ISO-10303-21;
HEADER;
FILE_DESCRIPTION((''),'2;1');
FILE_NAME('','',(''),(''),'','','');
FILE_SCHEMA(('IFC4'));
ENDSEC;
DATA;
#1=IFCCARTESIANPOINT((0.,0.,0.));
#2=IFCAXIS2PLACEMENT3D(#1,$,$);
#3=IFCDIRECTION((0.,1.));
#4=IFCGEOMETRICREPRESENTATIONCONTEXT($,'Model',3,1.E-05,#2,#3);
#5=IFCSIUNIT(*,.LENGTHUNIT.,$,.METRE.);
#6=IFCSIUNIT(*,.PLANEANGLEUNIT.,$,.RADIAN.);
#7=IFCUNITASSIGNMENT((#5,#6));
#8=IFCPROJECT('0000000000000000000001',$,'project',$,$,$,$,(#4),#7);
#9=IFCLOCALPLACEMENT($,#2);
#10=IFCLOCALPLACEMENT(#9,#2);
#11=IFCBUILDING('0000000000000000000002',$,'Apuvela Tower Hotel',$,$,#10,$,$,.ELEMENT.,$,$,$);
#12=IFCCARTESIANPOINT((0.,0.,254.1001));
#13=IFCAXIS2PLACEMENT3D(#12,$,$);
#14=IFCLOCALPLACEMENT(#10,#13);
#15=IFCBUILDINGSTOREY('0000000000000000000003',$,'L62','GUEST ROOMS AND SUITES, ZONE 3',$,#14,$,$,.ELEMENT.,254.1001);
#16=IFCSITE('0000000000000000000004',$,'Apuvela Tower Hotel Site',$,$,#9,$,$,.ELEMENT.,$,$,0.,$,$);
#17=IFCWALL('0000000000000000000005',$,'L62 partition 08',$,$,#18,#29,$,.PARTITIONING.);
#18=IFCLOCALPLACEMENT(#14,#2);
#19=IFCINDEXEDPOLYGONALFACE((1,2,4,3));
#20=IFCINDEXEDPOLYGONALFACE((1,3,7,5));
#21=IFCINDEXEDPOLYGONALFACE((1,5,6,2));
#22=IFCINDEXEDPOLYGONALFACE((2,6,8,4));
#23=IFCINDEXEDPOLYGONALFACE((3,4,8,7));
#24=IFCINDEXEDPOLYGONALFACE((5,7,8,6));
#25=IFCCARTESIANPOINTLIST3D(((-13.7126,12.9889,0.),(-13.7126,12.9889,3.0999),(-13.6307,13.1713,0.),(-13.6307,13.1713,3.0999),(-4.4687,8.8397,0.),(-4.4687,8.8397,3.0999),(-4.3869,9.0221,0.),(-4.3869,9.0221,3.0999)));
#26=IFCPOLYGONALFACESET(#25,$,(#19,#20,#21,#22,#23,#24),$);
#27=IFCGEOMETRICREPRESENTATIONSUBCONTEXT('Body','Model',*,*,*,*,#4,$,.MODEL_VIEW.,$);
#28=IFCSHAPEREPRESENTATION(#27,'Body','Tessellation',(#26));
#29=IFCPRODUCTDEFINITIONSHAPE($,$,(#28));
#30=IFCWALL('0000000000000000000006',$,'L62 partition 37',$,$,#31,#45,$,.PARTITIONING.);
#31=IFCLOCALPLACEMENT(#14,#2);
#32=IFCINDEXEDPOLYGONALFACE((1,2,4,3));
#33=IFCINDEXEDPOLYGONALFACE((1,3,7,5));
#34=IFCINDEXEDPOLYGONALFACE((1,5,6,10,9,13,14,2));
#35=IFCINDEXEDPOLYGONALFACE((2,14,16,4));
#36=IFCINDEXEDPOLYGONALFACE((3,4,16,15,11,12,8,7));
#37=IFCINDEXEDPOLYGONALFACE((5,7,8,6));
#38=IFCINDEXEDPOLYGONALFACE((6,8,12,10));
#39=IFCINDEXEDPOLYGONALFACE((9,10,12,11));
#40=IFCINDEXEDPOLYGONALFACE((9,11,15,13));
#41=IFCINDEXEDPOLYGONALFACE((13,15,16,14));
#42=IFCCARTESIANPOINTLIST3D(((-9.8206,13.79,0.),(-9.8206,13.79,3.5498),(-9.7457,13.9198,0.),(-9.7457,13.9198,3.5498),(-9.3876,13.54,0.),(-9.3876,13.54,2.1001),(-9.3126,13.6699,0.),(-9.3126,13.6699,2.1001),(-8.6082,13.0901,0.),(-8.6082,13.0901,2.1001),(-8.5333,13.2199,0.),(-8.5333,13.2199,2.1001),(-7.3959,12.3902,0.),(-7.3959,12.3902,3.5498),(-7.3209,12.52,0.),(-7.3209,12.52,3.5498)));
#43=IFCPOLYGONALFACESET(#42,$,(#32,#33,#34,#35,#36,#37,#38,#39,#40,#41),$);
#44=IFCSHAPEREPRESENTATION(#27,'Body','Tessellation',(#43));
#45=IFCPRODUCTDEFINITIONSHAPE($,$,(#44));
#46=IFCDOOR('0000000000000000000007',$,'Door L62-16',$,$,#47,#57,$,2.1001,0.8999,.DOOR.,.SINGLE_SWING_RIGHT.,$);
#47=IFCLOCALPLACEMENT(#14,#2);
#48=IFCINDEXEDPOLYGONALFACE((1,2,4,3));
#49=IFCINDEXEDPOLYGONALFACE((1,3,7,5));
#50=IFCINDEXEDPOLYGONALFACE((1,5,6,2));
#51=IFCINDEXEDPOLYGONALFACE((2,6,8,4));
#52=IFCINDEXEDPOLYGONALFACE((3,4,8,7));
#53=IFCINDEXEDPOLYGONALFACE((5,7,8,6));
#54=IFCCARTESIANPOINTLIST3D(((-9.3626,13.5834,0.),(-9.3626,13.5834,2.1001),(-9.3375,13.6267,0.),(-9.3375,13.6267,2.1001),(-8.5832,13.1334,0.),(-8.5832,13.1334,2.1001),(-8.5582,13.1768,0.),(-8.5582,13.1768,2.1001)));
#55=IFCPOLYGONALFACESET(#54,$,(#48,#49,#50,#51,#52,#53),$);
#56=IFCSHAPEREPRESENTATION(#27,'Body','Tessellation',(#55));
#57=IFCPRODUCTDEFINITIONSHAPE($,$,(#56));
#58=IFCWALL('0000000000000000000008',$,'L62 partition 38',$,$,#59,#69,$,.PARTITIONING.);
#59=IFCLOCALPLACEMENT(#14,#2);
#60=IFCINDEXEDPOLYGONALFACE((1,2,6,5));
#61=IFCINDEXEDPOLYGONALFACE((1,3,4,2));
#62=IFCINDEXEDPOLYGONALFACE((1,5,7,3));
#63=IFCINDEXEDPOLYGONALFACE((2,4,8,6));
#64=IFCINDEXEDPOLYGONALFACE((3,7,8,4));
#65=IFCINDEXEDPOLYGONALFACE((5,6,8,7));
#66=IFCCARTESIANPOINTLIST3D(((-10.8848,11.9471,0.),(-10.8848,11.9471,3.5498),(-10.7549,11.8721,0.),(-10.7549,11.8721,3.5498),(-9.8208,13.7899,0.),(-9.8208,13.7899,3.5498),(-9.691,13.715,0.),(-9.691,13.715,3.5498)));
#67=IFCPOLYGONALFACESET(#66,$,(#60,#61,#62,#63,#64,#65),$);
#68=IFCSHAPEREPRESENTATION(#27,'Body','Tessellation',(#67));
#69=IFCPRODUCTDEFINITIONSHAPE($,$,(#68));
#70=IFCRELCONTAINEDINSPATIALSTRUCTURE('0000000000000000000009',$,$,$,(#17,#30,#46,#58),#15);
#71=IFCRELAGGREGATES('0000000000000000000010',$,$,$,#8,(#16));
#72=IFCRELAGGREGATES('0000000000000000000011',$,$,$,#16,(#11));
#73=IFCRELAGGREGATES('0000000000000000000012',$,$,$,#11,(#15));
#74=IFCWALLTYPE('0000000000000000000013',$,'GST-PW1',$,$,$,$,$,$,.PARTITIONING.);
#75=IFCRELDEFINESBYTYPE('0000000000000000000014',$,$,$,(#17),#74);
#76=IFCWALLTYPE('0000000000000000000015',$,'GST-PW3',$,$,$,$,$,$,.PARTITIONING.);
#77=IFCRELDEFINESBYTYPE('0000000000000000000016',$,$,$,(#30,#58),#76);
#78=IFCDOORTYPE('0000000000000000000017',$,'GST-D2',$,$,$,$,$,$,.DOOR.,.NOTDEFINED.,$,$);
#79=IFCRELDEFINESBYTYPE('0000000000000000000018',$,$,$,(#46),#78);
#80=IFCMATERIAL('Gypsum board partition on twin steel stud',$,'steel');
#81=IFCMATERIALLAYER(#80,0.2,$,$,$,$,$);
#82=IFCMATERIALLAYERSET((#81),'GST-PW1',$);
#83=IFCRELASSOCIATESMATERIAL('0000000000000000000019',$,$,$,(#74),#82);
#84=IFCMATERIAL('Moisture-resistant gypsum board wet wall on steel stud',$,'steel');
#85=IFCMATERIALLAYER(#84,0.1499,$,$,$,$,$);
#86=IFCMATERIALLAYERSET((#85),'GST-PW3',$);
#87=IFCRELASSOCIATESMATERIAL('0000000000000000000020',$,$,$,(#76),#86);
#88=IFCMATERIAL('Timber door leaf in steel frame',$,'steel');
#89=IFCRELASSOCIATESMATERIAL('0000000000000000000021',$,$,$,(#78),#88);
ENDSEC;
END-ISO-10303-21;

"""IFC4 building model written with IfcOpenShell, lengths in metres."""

from ifc_helpers import new_model, si_unit, direction, frame, frame_2d, origin, place, context, subcontext, project, spatial, rectangle, extrude, material, layer, layer_set, type_object, element, fill, save


model = new_model("IFC4")

# Units and contexts
model_context = context("Model", 3, precision=1e-05, world=origin(), true_north=direction((0.0, 1.0)))
body_context = subcontext(model_context, "Body", "Model", "MODEL_VIEW")
ifc_project = project(units=[si_unit("LENGTHUNIT", "METRE"), si_unit("PLANEANGLEUNIT", "RADIAN")], contexts=[model_context])

# Site, building, storey
site_placement = place(None, origin())
site = spatial("IfcSite", under=ifc_project, at=site_placement, Name="Apuvela Tower Hotel Site", CompositionType="ELEMENT", RefElevation=0.0)
building_placement = place(site_placement, origin())
building = spatial("IfcBuilding", under=site, at=building_placement, Name="Apuvela Tower Hotel", CompositionType="ELEMENT")
storey_placement = place(building_placement, frame((0.0, 0.0, 254.1001)))
storey = spatial("IfcBuildingStorey", under=building, at=storey_placement, Name="L62", Description="GUEST ROOMS AND SUITES, ZONE 3", CompositionType="ELEMENT", Elevation=254.1001)

# Wall
ifc_material_1 = material(Name="Gypsum board partition on twin steel stud", Category="steel")
ifc_layer_1 = layer(ifc_material_1, 0.2)
ifc_layer_set_1 = layer_set([ifc_layer_1], Name="GST-PW1")
wall_type_1 = type_object("IfcWallType", Name="GST-PW1", PredefinedType="PARTITIONING", material=ifc_layer_set_1)
wall_1_placement = place(storey_placement, frame((-13.6716, 13.0801, 0.0), z_axis=(0.0, 0.0, 1.0), x_axis=(0.912312, -0.409496, 0.0)))
element("IfcWall", 1, at=wall_1_placement, inside=storey, type_object=wall_type_1, Name="L62 partition 08", PredefinedType="PARTITIONING", context=body_context, shape_type="SweptSolid", body=[
    extrude(rectangle(XDim=10.1323, YDim=0.2, at=frame_2d((5.0662, 0.0))), origin(), (0.0, 0.0, 1.0), 3.0999),
])

# Wall, opening, door
ifc_material_2 = material(Name="Moisture-resistant gypsum board wet wall on steel stud", Category="steel")
ifc_layer_2 = layer(ifc_material_2, 0.1499)
ifc_layer_set_2 = layer_set([ifc_layer_2], Name="GST-PW3")
wall_type_2 = type_object("IfcWallType", Name="GST-PW3", PredefinedType="PARTITIONING", material=ifc_layer_set_2)
wall_2_placement = place(storey_placement, frame((-7.3584, 12.4551, 0.0), z_axis=(0.0, 0.0, 1.0), x_axis=(-0.866035, 0.499984, 0.0)))
wall_2 = element("IfcWall", 2, at=wall_2_placement, inside=storey, type_object=wall_type_2, Name="L62 partition 37", PredefinedType="PARTITIONING", context=body_context, shape_type="SweptSolid", body=[
    extrude(rectangle(XDim=2.7998, YDim=0.1499, at=frame_2d((1.3999, 0.0))), origin(), (0.0, 0.0, 1.0), 3.5498),
])
opening_1_placement = place(wall_2_placement, frame((1.3999, 0.0, 0.0)))
opening_1 = element("IfcOpeningElement", 3, at=opening_1_placement, cuts=wall_2, PredefinedType="OPENING", context=body_context, shape_type="SweptSolid", body=[
    extrude(rectangle(XDim=0.8999, YDim=2.1001, at=frame_2d((0.45, 1.05))), frame((0.0, 0.085, 0.0), z_axis=(0.0, -1.0, 0.0), x_axis=(1.0, 0.0, 0.0)), (0.0, 0.0, 1.0), 0.1699),
])
ifc_material_3 = material(Name="Timber door leaf in steel frame", Category="steel")
door_type_1 = type_object("IfcDoorType", Name="GST-D2", OperationType="NOTDEFINED", PredefinedType="DOOR", material=ifc_material_3)
door_1_placement = place(opening_1_placement, origin())
door_1 = element("IfcDoor", 4, at=door_1_placement, inside=storey, type_object=door_type_1, Name="Door L62-16", OperationType="SINGLE_SWING_RIGHT", OverallHeight=2.1001, OverallWidth=0.8999, PredefinedType="DOOR", context=body_context, shape_type="SweptSolid", body=[
    extrude(rectangle(XDim=0.8999, YDim=2.1001, at=frame_2d((0.45, 1.05))), frame((0.0, 0.0249, 0.0), z_axis=(0.0, -1.0, 0.0), x_axis=(1.0, 0.0, 0.0)), (0.0, 0.0, 1.0), 0.05),
])
fill(opening_1, door_1)

# Wall
wall_3_placement = place(storey_placement, frame((-9.7559, 13.7524, 0.0), z_axis=(0.0, 0.0, 1.0), x_axis=(-0.500014, -0.866017, 0.0)))
element("IfcWall", 5, at=wall_3_placement, inside=storey, type_object=wall_type_2, Name="L62 partition 38", PredefinedType="PARTITIONING", context=body_context, shape_type="SweptSolid", body=[
    extrude(rectangle(XDim=2.1279, YDim=0.1499, at=frame_2d((1.064, 0.0))), origin(), (0.0, 0.0, 1.0), 3.5498),
])

save(model, "model.ifc")
